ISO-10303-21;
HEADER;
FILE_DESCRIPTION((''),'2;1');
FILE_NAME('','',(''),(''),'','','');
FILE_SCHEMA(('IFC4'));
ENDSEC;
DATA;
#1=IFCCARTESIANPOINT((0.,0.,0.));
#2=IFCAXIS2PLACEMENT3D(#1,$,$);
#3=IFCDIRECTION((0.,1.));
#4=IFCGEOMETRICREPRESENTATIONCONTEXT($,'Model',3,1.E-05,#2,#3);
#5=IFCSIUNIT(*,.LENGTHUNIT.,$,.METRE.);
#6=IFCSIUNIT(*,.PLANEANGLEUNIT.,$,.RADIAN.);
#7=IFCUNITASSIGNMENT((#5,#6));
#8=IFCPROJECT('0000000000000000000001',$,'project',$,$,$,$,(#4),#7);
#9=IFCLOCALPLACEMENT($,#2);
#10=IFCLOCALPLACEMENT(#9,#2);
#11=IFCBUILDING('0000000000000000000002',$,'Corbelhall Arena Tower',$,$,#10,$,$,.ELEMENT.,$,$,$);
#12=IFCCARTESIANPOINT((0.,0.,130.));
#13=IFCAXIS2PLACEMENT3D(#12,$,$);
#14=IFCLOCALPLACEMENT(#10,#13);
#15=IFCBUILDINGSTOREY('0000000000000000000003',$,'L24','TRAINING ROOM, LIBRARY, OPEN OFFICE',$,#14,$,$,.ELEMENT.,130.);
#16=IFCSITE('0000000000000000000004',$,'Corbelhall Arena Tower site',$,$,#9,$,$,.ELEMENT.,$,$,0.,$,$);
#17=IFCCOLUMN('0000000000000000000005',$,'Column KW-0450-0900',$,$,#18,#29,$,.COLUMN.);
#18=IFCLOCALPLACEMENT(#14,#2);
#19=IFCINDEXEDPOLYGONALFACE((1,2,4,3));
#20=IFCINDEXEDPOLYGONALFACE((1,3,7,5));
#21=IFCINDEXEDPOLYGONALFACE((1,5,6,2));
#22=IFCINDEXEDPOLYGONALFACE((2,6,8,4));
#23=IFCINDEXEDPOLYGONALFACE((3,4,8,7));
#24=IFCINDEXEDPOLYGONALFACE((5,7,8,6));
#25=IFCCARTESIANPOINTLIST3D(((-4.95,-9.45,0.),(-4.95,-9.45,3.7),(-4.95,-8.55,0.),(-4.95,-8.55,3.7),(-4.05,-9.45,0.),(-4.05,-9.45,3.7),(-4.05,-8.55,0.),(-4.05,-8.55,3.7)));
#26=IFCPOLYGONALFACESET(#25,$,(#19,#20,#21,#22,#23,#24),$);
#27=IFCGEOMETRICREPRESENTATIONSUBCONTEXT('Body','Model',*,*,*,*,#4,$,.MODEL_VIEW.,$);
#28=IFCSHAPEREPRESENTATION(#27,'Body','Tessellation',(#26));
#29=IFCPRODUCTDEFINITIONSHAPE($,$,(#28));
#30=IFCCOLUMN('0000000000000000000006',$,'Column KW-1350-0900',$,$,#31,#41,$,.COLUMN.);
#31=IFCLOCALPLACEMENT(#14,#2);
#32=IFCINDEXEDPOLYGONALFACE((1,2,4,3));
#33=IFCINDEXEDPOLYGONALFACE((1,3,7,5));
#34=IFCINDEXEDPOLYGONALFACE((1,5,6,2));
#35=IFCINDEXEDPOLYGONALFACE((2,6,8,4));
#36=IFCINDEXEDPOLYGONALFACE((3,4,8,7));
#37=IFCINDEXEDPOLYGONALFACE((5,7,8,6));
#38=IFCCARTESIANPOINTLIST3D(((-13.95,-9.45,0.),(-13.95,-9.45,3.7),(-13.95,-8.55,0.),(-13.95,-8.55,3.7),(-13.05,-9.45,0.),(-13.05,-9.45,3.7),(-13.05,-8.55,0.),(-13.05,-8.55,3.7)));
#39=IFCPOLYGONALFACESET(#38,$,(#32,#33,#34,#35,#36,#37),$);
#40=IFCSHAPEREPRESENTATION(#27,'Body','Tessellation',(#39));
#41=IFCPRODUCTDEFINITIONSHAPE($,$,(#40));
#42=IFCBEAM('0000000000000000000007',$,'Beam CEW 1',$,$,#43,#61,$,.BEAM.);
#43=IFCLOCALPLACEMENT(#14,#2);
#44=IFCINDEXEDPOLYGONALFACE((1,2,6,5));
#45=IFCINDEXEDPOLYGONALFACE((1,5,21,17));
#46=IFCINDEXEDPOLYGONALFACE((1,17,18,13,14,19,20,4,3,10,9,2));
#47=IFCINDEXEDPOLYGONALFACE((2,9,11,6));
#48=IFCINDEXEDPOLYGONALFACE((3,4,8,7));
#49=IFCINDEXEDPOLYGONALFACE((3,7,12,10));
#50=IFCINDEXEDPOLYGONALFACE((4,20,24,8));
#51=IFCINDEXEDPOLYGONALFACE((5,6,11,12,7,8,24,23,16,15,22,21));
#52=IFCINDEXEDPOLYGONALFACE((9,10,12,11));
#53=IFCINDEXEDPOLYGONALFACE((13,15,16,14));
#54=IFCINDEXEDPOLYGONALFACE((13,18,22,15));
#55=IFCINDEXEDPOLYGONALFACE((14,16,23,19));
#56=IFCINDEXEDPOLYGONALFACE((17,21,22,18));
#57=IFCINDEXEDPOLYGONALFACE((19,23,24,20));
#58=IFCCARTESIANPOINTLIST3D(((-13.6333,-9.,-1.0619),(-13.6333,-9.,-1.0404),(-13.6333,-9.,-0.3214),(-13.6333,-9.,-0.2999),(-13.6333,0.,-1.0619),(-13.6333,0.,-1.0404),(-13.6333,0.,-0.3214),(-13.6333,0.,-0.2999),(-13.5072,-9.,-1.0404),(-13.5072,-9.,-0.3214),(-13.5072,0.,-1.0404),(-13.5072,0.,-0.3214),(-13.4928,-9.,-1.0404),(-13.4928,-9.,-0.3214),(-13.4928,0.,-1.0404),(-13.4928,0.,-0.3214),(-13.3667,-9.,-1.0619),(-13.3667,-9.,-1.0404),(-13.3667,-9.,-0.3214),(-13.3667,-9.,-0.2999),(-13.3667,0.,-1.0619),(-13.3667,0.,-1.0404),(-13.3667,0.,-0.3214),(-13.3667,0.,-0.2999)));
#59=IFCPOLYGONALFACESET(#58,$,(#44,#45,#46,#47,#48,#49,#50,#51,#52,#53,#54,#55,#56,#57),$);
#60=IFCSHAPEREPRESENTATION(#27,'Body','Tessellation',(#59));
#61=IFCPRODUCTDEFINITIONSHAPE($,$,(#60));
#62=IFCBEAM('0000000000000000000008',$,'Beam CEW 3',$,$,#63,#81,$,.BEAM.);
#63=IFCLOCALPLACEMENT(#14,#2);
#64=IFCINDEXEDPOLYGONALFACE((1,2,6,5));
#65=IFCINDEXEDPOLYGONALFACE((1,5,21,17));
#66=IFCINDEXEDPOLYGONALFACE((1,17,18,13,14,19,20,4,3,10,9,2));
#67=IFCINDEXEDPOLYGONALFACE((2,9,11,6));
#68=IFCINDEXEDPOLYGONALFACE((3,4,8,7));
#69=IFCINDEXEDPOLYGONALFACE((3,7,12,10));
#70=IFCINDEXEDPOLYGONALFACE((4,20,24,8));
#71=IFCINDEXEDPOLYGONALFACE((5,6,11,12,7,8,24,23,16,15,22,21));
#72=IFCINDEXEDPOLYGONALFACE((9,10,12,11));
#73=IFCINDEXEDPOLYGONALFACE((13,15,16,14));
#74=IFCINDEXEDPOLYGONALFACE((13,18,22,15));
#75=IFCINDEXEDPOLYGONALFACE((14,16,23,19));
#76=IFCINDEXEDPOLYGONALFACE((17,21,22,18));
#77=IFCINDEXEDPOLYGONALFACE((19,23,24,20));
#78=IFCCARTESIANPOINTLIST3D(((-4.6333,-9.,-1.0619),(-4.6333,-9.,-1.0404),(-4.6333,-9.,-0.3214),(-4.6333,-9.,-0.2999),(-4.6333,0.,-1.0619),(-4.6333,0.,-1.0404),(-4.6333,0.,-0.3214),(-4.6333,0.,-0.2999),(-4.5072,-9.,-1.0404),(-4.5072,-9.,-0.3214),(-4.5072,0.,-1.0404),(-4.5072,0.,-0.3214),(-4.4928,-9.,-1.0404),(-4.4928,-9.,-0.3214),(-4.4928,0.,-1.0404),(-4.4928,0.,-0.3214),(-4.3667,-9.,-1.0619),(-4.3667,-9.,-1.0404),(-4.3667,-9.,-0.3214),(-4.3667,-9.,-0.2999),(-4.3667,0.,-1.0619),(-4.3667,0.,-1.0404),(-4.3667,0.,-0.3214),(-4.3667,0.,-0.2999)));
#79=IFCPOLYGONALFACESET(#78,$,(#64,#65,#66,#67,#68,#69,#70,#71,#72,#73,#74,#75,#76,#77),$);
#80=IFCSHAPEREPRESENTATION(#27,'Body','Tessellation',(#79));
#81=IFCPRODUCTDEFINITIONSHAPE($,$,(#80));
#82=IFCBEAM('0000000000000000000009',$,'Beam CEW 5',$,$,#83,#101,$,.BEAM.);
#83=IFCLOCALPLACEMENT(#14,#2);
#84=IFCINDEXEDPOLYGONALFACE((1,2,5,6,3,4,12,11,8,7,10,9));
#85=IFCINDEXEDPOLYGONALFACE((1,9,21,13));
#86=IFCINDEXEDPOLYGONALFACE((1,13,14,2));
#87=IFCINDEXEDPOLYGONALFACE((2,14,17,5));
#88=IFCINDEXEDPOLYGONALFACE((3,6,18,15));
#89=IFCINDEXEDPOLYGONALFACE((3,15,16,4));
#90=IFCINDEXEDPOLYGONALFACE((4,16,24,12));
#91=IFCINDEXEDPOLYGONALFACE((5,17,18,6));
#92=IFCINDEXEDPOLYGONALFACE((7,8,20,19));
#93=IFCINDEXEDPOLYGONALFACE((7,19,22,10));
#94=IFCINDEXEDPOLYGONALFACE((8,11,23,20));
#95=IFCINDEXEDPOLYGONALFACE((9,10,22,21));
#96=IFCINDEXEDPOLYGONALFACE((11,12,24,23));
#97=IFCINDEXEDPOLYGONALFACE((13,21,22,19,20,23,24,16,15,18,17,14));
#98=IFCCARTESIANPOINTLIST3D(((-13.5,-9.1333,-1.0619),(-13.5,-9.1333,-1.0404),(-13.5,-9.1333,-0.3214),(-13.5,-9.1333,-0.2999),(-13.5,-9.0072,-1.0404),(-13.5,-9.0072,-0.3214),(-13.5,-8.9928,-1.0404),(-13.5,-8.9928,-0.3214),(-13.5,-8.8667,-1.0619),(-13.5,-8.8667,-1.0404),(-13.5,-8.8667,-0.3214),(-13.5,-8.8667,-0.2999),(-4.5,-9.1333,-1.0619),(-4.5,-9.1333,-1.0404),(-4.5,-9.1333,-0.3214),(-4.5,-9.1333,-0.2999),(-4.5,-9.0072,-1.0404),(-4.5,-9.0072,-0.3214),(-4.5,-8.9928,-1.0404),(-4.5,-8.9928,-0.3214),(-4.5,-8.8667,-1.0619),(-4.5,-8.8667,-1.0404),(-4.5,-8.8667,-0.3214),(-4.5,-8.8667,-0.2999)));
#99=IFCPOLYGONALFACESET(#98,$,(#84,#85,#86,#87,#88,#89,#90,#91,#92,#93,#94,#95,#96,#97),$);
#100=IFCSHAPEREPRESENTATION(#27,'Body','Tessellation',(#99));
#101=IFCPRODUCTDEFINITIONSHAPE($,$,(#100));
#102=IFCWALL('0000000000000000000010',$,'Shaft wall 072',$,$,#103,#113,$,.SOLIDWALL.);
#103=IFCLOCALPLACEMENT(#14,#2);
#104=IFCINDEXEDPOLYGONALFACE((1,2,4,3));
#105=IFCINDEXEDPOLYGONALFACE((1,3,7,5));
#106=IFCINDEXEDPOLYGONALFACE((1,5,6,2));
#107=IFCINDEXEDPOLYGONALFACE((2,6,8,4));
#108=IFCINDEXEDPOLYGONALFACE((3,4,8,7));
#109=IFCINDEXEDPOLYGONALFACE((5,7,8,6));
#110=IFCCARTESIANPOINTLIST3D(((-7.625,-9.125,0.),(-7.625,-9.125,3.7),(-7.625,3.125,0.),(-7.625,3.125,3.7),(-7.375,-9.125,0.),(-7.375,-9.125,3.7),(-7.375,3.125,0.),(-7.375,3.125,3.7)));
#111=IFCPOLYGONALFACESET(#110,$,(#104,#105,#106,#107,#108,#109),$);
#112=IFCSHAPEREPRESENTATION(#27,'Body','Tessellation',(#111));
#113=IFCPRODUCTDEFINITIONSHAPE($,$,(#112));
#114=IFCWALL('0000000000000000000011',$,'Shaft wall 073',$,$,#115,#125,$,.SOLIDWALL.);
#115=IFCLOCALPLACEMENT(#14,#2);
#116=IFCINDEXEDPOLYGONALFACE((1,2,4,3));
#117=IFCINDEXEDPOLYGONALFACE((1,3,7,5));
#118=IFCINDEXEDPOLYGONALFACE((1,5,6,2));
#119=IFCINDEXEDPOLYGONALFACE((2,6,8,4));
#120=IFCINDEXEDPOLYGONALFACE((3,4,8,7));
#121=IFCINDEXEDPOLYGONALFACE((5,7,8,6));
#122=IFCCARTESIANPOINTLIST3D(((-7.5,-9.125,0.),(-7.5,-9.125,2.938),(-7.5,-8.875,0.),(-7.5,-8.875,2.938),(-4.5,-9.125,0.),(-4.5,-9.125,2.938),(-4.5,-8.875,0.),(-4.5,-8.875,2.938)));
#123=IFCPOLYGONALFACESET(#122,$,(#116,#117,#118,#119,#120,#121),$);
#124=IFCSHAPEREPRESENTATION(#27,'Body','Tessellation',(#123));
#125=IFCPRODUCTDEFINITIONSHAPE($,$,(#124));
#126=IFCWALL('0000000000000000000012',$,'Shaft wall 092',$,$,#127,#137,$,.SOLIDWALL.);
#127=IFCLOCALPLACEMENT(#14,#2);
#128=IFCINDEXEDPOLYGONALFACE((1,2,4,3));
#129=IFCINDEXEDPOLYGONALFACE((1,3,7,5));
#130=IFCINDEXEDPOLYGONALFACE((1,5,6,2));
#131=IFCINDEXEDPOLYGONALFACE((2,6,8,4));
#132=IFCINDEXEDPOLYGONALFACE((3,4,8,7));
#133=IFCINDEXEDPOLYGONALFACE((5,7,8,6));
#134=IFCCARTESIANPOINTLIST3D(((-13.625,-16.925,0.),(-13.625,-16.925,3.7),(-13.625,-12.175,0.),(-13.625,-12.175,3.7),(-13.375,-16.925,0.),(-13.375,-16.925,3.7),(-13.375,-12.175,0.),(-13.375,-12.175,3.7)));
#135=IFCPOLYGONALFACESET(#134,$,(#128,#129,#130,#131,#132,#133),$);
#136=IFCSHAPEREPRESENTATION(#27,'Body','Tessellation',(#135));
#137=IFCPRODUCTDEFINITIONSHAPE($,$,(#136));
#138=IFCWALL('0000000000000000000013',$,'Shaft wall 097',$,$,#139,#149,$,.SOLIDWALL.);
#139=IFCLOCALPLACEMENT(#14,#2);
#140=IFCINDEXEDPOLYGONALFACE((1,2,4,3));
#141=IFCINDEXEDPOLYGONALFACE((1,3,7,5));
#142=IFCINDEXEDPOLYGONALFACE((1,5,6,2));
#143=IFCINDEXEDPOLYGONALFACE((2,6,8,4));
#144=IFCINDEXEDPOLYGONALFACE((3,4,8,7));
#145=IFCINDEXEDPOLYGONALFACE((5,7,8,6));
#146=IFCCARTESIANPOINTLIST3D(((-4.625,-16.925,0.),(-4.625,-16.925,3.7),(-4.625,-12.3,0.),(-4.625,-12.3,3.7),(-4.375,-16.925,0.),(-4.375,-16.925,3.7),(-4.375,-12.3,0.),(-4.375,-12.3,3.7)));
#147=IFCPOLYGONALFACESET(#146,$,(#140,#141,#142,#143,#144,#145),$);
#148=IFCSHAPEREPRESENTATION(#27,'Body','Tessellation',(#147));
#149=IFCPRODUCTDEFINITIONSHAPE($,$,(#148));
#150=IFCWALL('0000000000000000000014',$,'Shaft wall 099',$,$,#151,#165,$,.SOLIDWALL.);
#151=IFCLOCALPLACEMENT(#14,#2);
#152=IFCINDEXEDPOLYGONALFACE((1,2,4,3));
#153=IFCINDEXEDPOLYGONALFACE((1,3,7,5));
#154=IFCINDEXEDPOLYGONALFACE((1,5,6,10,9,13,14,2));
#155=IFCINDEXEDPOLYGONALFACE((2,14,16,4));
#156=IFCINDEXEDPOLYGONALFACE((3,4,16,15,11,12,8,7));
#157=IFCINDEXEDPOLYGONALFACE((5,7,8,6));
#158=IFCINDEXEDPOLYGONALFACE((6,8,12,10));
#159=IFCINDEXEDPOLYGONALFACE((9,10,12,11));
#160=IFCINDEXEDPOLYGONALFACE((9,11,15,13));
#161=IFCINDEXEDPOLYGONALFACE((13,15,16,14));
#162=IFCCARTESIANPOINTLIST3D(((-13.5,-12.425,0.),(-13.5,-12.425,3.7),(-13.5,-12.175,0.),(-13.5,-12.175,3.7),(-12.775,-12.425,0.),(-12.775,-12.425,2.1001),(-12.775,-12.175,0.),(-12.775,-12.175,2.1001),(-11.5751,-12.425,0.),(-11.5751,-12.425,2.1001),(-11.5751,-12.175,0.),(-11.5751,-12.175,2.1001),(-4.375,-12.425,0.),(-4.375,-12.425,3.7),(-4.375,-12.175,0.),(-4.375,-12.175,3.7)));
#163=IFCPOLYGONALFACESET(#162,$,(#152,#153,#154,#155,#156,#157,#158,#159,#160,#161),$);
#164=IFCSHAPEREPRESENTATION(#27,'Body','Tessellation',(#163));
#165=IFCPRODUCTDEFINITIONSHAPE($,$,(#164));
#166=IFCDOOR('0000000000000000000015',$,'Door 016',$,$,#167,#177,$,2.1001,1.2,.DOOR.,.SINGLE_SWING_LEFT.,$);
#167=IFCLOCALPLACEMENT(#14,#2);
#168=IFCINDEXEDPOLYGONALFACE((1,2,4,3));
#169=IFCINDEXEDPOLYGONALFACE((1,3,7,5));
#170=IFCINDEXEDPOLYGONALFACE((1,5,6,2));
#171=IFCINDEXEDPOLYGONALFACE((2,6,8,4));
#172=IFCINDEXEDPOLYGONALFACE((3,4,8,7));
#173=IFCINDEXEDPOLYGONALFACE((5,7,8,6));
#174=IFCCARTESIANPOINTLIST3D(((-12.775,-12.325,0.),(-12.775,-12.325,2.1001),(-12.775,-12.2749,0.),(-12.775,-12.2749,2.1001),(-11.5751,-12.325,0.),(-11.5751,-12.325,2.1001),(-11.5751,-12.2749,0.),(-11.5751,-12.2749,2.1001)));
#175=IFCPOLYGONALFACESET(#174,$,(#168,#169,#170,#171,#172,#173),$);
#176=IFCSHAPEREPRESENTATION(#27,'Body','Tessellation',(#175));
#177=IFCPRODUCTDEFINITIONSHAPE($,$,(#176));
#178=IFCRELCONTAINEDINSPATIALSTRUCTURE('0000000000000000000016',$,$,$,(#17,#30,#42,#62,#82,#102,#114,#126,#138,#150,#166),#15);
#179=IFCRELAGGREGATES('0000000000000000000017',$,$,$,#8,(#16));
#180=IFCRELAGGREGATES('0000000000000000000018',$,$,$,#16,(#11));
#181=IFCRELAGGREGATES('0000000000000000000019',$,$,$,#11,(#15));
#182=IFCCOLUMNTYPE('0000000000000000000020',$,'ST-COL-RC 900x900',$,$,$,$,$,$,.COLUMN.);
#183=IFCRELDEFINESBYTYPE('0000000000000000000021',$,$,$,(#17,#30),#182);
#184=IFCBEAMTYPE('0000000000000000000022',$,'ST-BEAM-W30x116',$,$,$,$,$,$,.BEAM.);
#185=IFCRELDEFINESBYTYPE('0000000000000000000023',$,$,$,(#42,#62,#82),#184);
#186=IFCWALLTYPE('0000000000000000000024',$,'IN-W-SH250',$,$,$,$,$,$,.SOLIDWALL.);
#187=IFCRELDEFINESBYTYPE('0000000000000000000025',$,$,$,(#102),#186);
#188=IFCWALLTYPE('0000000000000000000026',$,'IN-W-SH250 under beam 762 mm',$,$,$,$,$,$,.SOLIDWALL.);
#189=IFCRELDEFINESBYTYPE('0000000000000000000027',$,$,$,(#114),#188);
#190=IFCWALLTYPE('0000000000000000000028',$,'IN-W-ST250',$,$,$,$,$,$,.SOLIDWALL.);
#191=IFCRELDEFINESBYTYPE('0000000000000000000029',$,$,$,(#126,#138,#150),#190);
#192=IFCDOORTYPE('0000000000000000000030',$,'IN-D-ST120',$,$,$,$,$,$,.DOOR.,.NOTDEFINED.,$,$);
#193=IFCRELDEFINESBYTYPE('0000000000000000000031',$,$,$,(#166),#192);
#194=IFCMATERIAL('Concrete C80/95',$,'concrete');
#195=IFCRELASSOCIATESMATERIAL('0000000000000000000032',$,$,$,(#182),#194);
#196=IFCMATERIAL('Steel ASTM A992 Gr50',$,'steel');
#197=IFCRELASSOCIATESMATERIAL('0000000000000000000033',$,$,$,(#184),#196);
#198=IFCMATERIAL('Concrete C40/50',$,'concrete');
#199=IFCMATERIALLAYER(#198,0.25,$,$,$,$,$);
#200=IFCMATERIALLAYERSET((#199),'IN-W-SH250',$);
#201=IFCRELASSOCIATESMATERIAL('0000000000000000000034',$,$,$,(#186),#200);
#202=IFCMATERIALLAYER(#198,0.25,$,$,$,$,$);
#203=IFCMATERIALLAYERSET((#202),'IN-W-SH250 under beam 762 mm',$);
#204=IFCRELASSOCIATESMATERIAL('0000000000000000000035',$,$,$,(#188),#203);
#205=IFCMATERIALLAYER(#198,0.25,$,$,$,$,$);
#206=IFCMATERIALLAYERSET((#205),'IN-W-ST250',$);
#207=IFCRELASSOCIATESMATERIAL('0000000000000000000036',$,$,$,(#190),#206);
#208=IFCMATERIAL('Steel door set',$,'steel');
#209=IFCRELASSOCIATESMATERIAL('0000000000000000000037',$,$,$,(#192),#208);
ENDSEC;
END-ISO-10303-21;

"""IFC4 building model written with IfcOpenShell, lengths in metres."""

from ifc_helpers import new_model, si_unit, direction, frame, frame_2d, origin, origin_2d, place, context, subcontext, project, spatial, rectangle, i_section, extrude, material, layer, layer_set, material_profile, profile_set, type_object, element, fill, save


model = new_model("IFC4")

# Units and contexts
model_context = context("Model", 3, precision=1e-05, world=origin(), true_north=direction((0.0, 1.0)))
body_context = subcontext(model_context, "Body", "Model", "MODEL_VIEW")
ifc_project = project(units=[si_unit("LENGTHUNIT", "METRE"), si_unit("PLANEANGLEUNIT", "RADIAN")], contexts=[model_context])

# Site, building, storey
site_placement = place(None, origin())
site = spatial("IfcSite", under=ifc_project, at=site_placement, Name="Corbelhall Arena Tower site", CompositionType="ELEMENT", RefElevation=0.0)
building_placement = place(site_placement, origin())
building = spatial("IfcBuilding", under=site, at=building_placement, Name="Corbelhall Arena Tower", CompositionType="ELEMENT")
storey_placement = place(building_placement, frame((0.0, 0.0, 130.0)))
storey = spatial("IfcBuildingStorey", under=building, at=storey_placement, Name="L24", Description="TRAINING ROOM, LIBRARY, OPEN OFFICE", CompositionType="ELEMENT", Elevation=130.0)

# Columns
ifc_material_1 = material(Name="Concrete C80/95", Category="concrete")
ifc_material_profile_1 = material_profile(ifc_material_1, rectangle(XDim=0.8999, YDim=0.8999, at=origin_2d()))
ifc_profile_set_1 = profile_set([ifc_material_profile_1], Name="Concrete C80/95")
column_type = type_object("IfcColumnType", Name="ST-COL-RC 900x900", PredefinedType="COLUMN", material=ifc_profile_set_1)
for number, where, z_axis, x_axis, name in (
    (1, (-4.5, -9.0, 0.0), (0.0, 0.0, 1.0), (1.0, 0.0, 0.0), "Column KW-0450-0900"),
    (2, (-13.5, -9.0, 0.0), (0.0, 0.0, 1.0), (1.0, 0.0, 0.0), "Column KW-1350-0900"),
):
    element("IfcColumn", number, at=place(storey_placement, frame(where, z_axis=z_axis, x_axis=x_axis)), inside=storey, type_object=column_type, Name=name, PredefinedType="COLUMN", context=body_context, shape_type="SweptSolid", body=[
        extrude(rectangle(XDim=0.8999, YDim=0.8999, at=origin_2d()), origin(), (0.0, 0.0, 1.0), 3.7),
    ])

# Beams
ifc_material_2 = material(Name="Steel ASTM A992 Gr50", Category="steel")
ifc_material_profile_2 = material_profile(ifc_material_2, i_section(OverallWidth=0.2666, OverallDepth=0.762, WebThickness=0.0144, FlangeThickness=0.0215, at=origin_2d()))
ifc_profile_set_2 = profile_set([ifc_material_profile_2], Name="Steel ASTM A992 Gr50")
beam_type = type_object("IfcBeamType", Name="ST-BEAM-W30x116", PredefinedType="BEAM", material=ifc_profile_set_2)
for number, where, z_axis, x_axis, name in (
    (3, (-13.5, -9.0, -0.6809), (0.0, 1.0, 0.0), (-1.0, 0.0, 0.0), "Beam CEW 1"),
    (4, (-4.5, -9.0, -0.6809), (0.0, 1.0, 0.0), (-1.0, 0.0, 0.0), "Beam CEW 3"),
    (5, (-13.5, -9.0, -0.6809), (1.0, 0.0, 0.0), (0.0, 1.0, 0.0), "Beam CEW 5"),
):
    element("IfcBeam", number, at=place(storey_placement, frame(where, z_axis=z_axis, x_axis=x_axis)), inside=storey, type_object=beam_type, Name=name, PredefinedType="BEAM", context=body_context, shape_type="SweptSolid", body=[
        extrude(i_section(OverallWidth=0.2666, OverallDepth=0.762, WebThickness=0.0144, FlangeThickness=0.0215, at=origin_2d()), origin(), (0.0, 0.0, 1.0), 9.0),
    ])

# Walls
ifc_material_3 = material(Name="Concrete C40/50", Category="concrete")
ifc_layer_1 = layer(ifc_material_3, 0.25)
ifc_layer_set_1 = layer_set([ifc_layer_1], Name="IN-W-SH250")
wall_type_1 = type_object("IfcWallType", Name="IN-W-SH250", PredefinedType="SOLIDWALL", material=ifc_layer_set_1)
wall_1_placement = place(storey_placement, frame((-7.5, -9.125, 0.0), z_axis=(0.0, 0.0, 1.0), x_axis=(0.0, 1.0, 0.0)))
element("IfcWall", 6, at=wall_1_placement, inside=storey, type_object=wall_type_1, Name="Shaft wall 072", PredefinedType="SOLIDWALL", context=body_context, shape_type="SweptSolid", body=[
    extrude(rectangle(XDim=12.25, YDim=0.25, at=frame_2d((6.125, 0.0))), origin(), (0.0, 0.0, 1.0), 3.7),
])
ifc_layer_2 = layer(ifc_material_3, 0.25)
ifc_layer_set_2 = layer_set([ifc_layer_2], Name="IN-W-SH250 under beam 762 mm")
wall_type_2 = type_object("IfcWallType", Name="IN-W-SH250 under beam 762 mm", PredefinedType="SOLIDWALL", material=ifc_layer_set_2)
wall_2_placement = place(storey_placement, frame((-4.5, -9.0, 0.0), z_axis=(0.0, 0.0, 1.0), x_axis=(-1.0, 0.0, 0.0)))
element("IfcWall", 7, at=wall_2_placement, inside=storey, type_object=wall_type_2, Name="Shaft wall 073", PredefinedType="SOLIDWALL", context=body_context, shape_type="SweptSolid", body=[
    extrude(rectangle(XDim=3.0, YDim=0.25, at=frame_2d((1.5, 0.0))), origin(), (0.0, 0.0, 1.0), 2.938),
])
ifc_layer_3 = layer(ifc_material_3, 0.25)
ifc_layer_set_3 = layer_set([ifc_layer_3], Name="IN-W-ST250")
wall_type_3 = type_object("IfcWallType", Name="IN-W-ST250", PredefinedType="SOLIDWALL", material=ifc_layer_set_3)
wall_3_placement = place(storey_placement, frame((-13.5, -12.175, 0.0), z_axis=(0.0, 0.0, 1.0), x_axis=(0.0, -1.0, 0.0)))
element("IfcWall", 8, at=wall_3_placement, inside=storey, type_object=wall_type_3, Name="Shaft wall 092", PredefinedType="SOLIDWALL", context=body_context, shape_type="SweptSolid", body=[
    extrude(rectangle(XDim=4.75, YDim=0.25, at=frame_2d((2.375, 0.0))), origin(), (0.0, 0.0, 1.0), 3.7),
])
wall_4_placement = place(storey_placement, frame((-4.5, -12.3, 0.0), z_axis=(0.0, 0.0, 1.0), x_axis=(0.0, -1.0, 0.0)))
element("IfcWall", 9, at=wall_4_placement, inside=storey, type_object=wall_type_3, Name="Shaft wall 097", PredefinedType="SOLIDWALL", context=body_context, shape_type="SweptSolid", body=[
    extrude(rectangle(XDim=4.625, YDim=0.25, at=frame_2d((2.3125, 0.0))), origin(), (0.0, 0.0, 1.0), 3.7),
])

# Wall, opening, door
wall_5_placement = place(storey_placement, frame((-4.375, -12.3, 0.0), z_axis=(0.0, 0.0, 1.0), x_axis=(-1.0, 0.0, 0.0)))
wall_5 = element("IfcWall", 10, at=wall_5_placement, inside=storey, type_object=wall_type_3, Name="Shaft wall 099", PredefinedType="SOLIDWALL", context=body_context, shape_type="SweptSolid", body=[
    extrude(rectangle(XDim=9.125, YDim=0.25, at=frame_2d((4.5625, 0.0))), origin(), (0.0, 0.0, 1.0), 3.7),
])
opening_1_placement = place(wall_5_placement, frame((7.2, 0.0, 0.0)))
opening_1 = element("IfcOpeningElement", 11, at=opening_1_placement, cuts=wall_5, PredefinedType="OPENING", context=body_context, shape_type="SweptSolid", body=[
    extrude(rectangle(XDim=1.2, YDim=2.1001, at=frame_2d((0.6001, 1.05))), frame((0.0, 0.125, 0.0), z_axis=(0.0, -1.0, 0.0), x_axis=(1.0, 0.0, 0.0)), (0.0, 0.0, 1.0), 0.25),
])
ifc_material_4 = material(Name="Steel door set", Category="steel")
door_type_1 = type_object("IfcDoorType", Name="IN-D-ST120", OperationType="NOTDEFINED", PredefinedType="DOOR", material=ifc_material_4)
door_1_placement = place(opening_1_placement, origin())
door_1 = element("IfcDoor", 12, at=door_1_placement, inside=storey, type_object=door_type_1, Name="Door 016", OperationType="SINGLE_SWING_LEFT", OverallHeight=2.1001, OverallWidth=1.2, PredefinedType="DOOR", context=body_context, shape_type="SweptSolid", body=[
    extrude(rectangle(XDim=1.2, YDim=2.1001, at=frame_2d((0.6001, 1.05))), frame((0.0, 0.0249, 0.0), z_axis=(0.0, -1.0, 0.0), x_axis=(1.0, 0.0, 0.0)), (0.0, 0.0, 1.0), 0.05),
])
fill(opening_1, door_1)

save(model, "model.ifc")
